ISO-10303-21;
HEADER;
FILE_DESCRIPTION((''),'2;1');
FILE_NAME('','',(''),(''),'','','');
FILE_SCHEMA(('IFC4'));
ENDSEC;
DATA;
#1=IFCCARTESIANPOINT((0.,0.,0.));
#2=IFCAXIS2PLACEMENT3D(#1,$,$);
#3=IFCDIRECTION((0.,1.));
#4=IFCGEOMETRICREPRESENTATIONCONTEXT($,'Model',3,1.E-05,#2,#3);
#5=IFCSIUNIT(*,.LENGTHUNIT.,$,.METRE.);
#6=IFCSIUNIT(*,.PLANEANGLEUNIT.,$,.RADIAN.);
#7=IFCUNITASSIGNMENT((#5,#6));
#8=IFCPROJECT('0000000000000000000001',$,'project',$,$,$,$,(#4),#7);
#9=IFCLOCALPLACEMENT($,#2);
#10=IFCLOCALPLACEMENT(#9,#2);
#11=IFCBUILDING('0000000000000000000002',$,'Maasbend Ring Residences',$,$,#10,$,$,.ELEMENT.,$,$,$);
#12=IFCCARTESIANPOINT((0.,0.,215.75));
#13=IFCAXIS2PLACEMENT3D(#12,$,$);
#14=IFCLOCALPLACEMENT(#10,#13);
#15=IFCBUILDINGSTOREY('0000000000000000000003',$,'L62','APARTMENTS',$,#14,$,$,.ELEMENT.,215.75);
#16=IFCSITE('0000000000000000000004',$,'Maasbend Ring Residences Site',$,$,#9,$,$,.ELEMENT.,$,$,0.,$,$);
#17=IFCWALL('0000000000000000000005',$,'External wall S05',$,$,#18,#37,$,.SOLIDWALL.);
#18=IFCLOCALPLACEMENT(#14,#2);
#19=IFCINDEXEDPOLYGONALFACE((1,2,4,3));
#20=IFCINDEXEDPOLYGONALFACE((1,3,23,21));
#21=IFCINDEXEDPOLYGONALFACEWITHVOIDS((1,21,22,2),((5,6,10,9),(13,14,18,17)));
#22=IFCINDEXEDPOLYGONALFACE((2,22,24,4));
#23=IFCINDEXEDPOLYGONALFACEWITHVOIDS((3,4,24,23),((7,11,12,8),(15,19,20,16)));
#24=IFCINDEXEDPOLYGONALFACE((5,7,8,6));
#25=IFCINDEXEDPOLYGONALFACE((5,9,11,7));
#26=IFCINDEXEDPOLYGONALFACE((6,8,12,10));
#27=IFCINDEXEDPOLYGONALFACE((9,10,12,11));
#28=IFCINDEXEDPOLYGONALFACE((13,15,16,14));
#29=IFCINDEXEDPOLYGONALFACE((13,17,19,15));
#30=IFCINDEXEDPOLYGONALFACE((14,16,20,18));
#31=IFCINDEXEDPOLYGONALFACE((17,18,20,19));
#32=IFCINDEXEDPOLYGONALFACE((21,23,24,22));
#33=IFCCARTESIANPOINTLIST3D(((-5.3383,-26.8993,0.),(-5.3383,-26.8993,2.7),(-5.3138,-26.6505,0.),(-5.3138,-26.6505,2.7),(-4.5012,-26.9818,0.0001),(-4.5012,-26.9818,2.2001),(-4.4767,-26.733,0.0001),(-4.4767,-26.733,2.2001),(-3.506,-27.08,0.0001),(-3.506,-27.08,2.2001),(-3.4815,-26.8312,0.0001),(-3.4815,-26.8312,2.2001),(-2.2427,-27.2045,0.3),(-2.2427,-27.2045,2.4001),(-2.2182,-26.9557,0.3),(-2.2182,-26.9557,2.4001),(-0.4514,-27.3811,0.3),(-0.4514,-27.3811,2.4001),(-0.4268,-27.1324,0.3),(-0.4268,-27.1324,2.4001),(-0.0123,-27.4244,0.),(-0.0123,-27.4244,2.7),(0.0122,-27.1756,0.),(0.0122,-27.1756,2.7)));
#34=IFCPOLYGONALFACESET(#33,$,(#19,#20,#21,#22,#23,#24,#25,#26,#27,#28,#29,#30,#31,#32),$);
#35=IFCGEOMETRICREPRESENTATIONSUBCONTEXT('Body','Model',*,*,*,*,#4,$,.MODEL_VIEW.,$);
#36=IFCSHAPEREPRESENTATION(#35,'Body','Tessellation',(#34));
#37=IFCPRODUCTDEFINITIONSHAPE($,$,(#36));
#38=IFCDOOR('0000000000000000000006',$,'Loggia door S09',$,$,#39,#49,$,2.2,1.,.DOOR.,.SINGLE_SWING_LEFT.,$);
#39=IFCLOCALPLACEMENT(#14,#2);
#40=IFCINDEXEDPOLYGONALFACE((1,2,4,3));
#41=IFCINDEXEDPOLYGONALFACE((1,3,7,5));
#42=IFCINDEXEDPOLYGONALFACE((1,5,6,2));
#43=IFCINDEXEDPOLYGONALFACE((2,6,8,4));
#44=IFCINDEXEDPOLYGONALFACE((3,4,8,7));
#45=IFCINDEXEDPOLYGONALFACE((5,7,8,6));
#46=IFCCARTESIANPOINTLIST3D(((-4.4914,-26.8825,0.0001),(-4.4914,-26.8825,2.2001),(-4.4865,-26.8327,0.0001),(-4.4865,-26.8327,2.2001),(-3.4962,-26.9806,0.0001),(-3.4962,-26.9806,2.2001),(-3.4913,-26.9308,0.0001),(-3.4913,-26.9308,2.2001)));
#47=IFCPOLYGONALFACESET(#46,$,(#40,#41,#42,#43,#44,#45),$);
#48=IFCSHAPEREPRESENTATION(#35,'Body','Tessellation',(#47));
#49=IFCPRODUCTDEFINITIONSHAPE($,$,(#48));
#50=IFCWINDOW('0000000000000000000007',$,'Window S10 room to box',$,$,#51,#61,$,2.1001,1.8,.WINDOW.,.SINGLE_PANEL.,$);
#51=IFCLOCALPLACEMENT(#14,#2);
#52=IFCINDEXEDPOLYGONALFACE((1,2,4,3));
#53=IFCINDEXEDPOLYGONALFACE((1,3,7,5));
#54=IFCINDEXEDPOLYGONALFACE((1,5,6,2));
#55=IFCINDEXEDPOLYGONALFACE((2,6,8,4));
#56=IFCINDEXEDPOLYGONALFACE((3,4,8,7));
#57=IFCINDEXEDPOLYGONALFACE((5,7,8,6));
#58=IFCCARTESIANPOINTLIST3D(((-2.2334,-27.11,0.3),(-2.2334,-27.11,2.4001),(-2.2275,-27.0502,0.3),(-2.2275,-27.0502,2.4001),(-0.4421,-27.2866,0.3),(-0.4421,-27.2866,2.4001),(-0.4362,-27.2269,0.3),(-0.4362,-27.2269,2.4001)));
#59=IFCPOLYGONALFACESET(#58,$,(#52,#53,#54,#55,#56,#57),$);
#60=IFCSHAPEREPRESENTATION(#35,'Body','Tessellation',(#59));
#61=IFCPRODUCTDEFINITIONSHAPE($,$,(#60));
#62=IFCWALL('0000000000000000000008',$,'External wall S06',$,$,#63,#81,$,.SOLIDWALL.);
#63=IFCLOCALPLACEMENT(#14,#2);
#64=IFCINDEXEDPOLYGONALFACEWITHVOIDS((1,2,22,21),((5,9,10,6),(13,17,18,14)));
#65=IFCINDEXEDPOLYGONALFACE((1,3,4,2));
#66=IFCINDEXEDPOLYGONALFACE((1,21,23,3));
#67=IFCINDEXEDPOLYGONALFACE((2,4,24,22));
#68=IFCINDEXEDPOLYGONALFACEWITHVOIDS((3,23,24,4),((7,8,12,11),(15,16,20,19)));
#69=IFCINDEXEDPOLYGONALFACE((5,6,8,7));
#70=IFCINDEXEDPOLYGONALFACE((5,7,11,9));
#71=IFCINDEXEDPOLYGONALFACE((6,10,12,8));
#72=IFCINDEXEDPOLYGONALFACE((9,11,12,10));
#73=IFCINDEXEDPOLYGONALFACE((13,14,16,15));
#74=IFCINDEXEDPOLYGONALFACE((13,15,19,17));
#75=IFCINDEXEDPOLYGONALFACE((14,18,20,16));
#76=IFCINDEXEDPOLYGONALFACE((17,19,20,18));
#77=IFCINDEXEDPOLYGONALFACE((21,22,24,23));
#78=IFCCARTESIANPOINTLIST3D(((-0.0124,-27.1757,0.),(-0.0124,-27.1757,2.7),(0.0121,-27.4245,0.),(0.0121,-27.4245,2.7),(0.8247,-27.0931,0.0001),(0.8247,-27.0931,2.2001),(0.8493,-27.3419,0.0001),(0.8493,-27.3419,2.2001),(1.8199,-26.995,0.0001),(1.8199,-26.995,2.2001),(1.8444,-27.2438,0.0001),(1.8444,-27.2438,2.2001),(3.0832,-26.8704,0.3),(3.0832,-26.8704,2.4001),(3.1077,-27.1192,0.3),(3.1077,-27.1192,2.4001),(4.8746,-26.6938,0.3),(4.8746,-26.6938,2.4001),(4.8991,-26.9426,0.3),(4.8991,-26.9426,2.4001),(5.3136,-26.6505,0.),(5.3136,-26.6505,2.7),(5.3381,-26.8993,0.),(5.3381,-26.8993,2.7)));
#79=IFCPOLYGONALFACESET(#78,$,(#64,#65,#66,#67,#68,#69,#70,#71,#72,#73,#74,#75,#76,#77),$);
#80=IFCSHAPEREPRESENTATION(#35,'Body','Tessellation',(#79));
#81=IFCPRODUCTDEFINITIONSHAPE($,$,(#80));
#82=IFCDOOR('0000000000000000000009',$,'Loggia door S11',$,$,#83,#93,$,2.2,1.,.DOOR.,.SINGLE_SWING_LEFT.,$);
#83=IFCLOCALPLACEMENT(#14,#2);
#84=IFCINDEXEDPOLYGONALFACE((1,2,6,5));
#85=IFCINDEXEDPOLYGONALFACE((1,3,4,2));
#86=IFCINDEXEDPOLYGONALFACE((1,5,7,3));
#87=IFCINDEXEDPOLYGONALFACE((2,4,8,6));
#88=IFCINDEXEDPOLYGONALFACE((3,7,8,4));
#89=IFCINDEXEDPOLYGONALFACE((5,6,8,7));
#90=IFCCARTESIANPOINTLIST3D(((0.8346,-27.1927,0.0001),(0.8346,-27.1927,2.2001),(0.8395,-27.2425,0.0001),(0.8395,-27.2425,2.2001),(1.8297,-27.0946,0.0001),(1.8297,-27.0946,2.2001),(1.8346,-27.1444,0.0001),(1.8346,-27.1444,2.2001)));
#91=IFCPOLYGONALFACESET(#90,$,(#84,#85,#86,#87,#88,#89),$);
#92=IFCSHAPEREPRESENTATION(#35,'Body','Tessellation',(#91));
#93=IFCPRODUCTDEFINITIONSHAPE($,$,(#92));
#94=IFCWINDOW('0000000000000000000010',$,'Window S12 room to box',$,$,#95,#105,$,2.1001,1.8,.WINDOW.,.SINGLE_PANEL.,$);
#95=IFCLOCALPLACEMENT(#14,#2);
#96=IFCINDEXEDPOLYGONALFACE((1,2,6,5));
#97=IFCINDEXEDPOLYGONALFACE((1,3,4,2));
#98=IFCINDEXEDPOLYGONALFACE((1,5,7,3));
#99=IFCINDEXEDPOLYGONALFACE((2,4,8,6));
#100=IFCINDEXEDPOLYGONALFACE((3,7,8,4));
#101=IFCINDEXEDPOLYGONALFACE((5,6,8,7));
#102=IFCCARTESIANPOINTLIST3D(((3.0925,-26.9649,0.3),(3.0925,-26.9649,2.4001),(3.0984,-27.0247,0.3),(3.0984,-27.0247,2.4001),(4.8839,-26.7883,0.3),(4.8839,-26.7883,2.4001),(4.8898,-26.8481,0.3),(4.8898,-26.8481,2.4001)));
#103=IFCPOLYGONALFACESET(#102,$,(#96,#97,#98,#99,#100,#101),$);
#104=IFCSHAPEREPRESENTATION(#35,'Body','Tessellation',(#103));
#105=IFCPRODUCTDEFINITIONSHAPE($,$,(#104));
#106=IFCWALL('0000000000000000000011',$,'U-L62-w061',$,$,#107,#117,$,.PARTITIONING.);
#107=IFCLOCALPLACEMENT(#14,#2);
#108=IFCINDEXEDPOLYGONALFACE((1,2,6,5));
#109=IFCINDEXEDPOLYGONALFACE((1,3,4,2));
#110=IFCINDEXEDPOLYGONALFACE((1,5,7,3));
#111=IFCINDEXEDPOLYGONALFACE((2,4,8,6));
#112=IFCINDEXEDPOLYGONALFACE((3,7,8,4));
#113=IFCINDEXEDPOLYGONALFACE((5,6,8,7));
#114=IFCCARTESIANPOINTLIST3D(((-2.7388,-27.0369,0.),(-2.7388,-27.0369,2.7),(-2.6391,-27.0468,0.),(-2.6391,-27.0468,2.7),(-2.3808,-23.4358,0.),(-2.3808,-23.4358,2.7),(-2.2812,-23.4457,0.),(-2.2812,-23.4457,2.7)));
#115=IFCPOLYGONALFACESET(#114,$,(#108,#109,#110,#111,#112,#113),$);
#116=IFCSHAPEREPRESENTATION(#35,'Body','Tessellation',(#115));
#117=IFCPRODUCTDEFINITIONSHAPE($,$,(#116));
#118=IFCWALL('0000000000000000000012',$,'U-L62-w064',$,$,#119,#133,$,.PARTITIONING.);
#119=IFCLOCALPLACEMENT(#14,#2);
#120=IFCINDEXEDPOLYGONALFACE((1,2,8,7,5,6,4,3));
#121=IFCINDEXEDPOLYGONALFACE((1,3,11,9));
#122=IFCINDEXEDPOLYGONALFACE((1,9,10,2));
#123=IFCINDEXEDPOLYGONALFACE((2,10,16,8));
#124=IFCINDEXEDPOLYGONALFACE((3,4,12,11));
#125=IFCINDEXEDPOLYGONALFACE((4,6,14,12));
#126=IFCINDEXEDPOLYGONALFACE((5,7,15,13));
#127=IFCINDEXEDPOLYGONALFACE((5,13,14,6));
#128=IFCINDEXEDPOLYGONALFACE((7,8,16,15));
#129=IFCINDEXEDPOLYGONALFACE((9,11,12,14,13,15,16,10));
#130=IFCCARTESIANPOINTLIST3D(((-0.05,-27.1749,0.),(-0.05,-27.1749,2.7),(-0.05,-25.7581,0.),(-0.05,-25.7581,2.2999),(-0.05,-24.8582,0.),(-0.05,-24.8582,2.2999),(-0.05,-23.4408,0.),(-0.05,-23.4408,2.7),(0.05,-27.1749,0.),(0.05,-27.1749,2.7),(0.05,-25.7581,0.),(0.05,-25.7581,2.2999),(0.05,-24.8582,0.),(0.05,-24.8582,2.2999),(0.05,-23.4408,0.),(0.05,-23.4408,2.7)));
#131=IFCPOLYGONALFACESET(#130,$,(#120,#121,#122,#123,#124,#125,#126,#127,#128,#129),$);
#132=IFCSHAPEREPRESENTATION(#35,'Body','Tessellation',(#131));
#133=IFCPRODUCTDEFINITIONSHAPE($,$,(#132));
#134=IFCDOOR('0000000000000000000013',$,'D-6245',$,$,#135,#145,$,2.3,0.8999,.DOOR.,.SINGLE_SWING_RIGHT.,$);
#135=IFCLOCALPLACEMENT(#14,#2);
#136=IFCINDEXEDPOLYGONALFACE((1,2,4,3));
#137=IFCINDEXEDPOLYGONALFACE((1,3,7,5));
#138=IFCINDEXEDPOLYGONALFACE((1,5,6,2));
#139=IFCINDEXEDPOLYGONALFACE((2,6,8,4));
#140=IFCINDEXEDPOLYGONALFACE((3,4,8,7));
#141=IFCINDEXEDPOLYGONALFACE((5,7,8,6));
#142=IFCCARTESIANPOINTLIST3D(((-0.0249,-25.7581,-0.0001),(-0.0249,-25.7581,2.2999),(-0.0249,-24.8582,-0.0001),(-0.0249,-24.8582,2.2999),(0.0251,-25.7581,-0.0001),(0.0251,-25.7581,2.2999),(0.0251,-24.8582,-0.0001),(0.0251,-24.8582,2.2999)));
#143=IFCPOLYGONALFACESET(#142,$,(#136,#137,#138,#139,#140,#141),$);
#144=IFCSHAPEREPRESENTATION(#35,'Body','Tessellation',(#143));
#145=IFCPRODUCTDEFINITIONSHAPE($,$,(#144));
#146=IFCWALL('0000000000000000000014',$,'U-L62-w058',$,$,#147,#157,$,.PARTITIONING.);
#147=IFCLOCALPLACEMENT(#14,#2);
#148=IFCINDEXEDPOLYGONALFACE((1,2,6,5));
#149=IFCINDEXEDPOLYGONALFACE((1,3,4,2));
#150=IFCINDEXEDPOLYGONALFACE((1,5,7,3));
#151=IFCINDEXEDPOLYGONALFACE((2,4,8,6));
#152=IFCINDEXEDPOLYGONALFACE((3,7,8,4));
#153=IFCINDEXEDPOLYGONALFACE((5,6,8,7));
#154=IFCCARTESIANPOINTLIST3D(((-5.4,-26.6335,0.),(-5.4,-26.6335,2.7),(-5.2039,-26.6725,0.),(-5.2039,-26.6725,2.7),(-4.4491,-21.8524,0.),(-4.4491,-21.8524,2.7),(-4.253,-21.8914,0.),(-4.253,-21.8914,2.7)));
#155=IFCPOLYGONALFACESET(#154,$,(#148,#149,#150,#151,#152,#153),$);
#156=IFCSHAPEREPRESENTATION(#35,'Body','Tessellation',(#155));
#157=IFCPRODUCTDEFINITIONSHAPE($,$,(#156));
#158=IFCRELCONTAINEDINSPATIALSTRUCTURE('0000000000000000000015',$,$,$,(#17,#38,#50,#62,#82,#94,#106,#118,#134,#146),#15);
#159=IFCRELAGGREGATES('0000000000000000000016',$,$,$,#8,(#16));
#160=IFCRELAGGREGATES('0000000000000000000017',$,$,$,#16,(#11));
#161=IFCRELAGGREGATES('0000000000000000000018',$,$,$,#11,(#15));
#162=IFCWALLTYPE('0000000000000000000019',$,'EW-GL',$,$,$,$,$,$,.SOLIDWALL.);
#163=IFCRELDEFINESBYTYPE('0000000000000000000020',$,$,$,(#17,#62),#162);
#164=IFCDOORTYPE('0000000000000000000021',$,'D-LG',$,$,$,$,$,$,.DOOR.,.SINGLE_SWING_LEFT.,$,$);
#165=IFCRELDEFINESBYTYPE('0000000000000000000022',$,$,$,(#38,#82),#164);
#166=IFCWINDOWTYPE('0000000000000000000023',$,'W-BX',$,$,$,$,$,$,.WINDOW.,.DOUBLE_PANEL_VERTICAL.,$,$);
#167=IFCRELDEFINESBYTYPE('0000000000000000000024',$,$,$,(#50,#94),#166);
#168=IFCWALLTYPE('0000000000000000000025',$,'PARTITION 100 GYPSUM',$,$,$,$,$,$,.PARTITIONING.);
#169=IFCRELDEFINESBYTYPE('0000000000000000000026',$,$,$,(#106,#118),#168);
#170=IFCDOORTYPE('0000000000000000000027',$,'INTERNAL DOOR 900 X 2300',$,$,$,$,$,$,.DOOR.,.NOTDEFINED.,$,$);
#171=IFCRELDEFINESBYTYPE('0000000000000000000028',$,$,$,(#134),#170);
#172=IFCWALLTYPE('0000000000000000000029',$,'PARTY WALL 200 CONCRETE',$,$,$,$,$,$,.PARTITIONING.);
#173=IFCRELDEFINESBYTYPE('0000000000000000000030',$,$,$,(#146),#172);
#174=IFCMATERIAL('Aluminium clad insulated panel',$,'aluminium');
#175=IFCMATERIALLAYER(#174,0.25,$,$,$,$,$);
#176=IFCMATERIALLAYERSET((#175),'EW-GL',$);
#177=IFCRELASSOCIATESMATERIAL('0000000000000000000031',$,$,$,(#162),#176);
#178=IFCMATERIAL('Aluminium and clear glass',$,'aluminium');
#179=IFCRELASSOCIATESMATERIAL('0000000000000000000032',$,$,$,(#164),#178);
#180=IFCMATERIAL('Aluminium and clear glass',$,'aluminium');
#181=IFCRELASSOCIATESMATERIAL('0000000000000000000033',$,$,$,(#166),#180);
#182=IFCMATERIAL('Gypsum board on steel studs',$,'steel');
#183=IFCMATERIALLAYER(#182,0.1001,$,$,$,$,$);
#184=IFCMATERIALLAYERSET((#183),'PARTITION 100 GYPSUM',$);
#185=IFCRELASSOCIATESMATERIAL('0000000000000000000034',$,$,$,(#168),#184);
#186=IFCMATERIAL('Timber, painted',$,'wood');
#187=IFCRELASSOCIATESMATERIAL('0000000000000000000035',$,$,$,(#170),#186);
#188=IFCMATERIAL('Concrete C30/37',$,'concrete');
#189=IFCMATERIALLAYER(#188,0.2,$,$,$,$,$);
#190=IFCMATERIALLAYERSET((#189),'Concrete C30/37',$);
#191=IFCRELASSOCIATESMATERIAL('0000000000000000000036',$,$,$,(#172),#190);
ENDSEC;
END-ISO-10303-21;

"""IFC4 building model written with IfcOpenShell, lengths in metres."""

from ifc_helpers import new_model, si_unit, direction, frame, frame_2d, origin, place, context, subcontext, project, spatial, rectangle, extrude, material, layer, layer_set, type_object, element, fill, save


model = new_model("IFC4")

# Units and contexts
model_context = context("Model", 3, precision=1e-05, world=origin(), true_north=direction((0.0, 1.0)))
body_context = subcontext(model_context, "Body", "Model", "MODEL_VIEW")
ifc_project = project(units=[si_unit("LENGTHUNIT", "METRE"), si_unit("PLANEANGLEUNIT", "RADIAN")], contexts=[model_context])

# Site, building, storey
site_placement = place(None, origin())
site = spatial("IfcSite", under=ifc_project, at=site_placement, Name="Maasbend Ring Residences Site", CompositionType="ELEMENT", RefElevation=0.0)
building_placement = place(site_placement, origin())
building = spatial("IfcBuilding", under=site, at=building_placement, Name="Maasbend Ring Residences", CompositionType="ELEMENT")
storey_placement = place(building_placement, frame((0.0, 0.0, 215.75)))
storey = spatial("IfcBuildingStorey", under=building, at=storey_placement, Name="L62", Description="APARTMENTS", CompositionType="ELEMENT", Elevation=215.75)

# Walls, openings, doors, windows
ifc_material_1 = material(Name="Aluminium clad insulated panel", Category="aluminium")
ifc_layer_1 = layer(ifc_material_1, 0.25)
ifc_layer_set_1 = layer_set([ifc_layer_1], Name="EW-GL")
wall_type_1 = type_object("IfcWallType", Name="EW-GL", PredefinedType="SOLIDWALL", material=ifc_layer_set_1)
wall_1_placement = place(storey_placement, frame((-5.3259, -26.7749, 0.0), z_axis=(0.0, 0.0, 1.0), x_axis=(0.995174, -0.098126, 0.0)))
wall_1 = element("IfcWall", 1, at=wall_1_placement, inside=storey, type_object=wall_type_1, Name="External wall S05", PredefinedType="SOLIDWALL", context=body_context, shape_type="SweptSolid", body=[
    extrude(rectangle(XDim=5.3518, YDim=0.25, at=frame_2d((2.6758, 0.0))), origin(), (0.0, 0.0, 1.0), 2.7),
])
opening_1_placement = place(wall_1_placement, frame((0.8411, 0.0, 0.0)))
opening_1 = element("IfcOpeningElement", 2, at=opening_1_placement, cuts=wall_1, PredefinedType="OPENING", context=body_context, shape_type="SweptSolid", body=[
    extrude(rectangle(XDim=1.0, YDim=2.2, at=frame_2d((0.5, 1.1001))), frame((0.0, 0.135, 0.0), z_axis=(0.0, -1.0, 0.0), x_axis=(1.0, 0.0, 0.0)), (0.0, 0.0, 1.0), 0.27),
])
opening_2_placement = place(wall_1_placement, frame((3.1106, 0.0, 0.3)))
opening_2 = element("IfcOpeningElement", 3, at=opening_2_placement, cuts=wall_1, PredefinedType="OPENING", context=body_context, shape_type="SweptSolid", body=[
    extrude(rectangle(XDim=1.8, YDim=2.1001, at=frame_2d((0.8999, 1.05))), frame((0.0, 0.135, 0.0), z_axis=(0.0, -1.0, 0.0), x_axis=(1.0, 0.0, 0.0)), (0.0, 0.0, 1.0), 0.27),
])
ifc_material_2 = material(Name="Aluminium and clear glass", Category="aluminium")
door_type_1 = type_object("IfcDoorType", Name="D-LG", OperationType="SINGLE_SWING_LEFT", PredefinedType="DOOR", material=ifc_material_2)
door_1_placement = place(opening_1_placement, origin())
door_1 = element("IfcDoor", 4, at=door_1_placement, inside=storey, type_object=door_type_1, Name="Loggia door S09", OperationType="SINGLE_SWING_LEFT", OverallHeight=2.2, OverallWidth=1.0, PredefinedType="DOOR", context=body_context, shape_type="SweptSolid", body=[
    extrude(rectangle(XDim=1.0, YDim=2.2, at=frame_2d((0.5, 1.1001))), frame((0.0, 0.0249, 0.0), z_axis=(0.0, -1.0, 0.0), x_axis=(1.0, 0.0, 0.0)), (0.0, 0.0, 1.0), 0.05),
])
fill(opening_1, door_1)
ifc_material_3 = material(Name="Aluminium and clear glass", Category="aluminium")
window_type_1 = type_object("IfcWindowType", Name="W-BX", PartitioningType="DOUBLE_PANEL_VERTICAL", PredefinedType="WINDOW", material=ifc_material_3)
window_1_placement = place(opening_2_placement, origin())
window_1 = element("IfcWindow", 5, at=window_1_placement, inside=storey, type_object=window_type_1, Name="Window S10 room to box", OverallHeight=2.1001, OverallWidth=1.8, PartitioningType="SINGLE_PANEL", PredefinedType="WINDOW", context=body_context, shape_type="SweptSolid", body=[
    extrude(rectangle(XDim=1.8, YDim=2.1001, at=frame_2d((0.8999, 1.05))), frame((0.0, 0.03, 0.0), z_axis=(0.0, -1.0, 0.0), x_axis=(1.0, 0.0, 0.0)), (0.0, 0.0, 1.0), 0.0601),
])
fill(opening_2, window_1)
wall_2_placement = place(storey_placement, frame((0.0, -27.3, 0.0), z_axis=(0.0, 0.0, 1.0), x_axis=(0.995174, 0.098126, 0.0)))
wall_2 = element("IfcWall", 6, at=wall_2_placement, inside=storey, type_object=wall_type_1, Name="External wall S06", PredefinedType="SOLIDWALL", context=body_context, shape_type="SweptSolid", body=[
    extrude(rectangle(XDim=5.3518, YDim=0.25, at=frame_2d((2.6758, 0.0))), origin(), (0.0, 0.0, 1.0), 2.7),
])
opening_3_placement = place(wall_2_placement, frame((0.8411, 0.0, 0.0)))
opening_3 = element("IfcOpeningElement", 7, at=opening_3_placement, cuts=wall_2, PredefinedType="OPENING", context=body_context, shape_type="SweptSolid", body=[
    extrude(rectangle(XDim=1.0, YDim=2.2, at=frame_2d((0.5, 1.1001))), frame((0.0, 0.135, 0.0), z_axis=(0.0, -1.0, 0.0), x_axis=(1.0, 0.0, 0.0)), (0.0, 0.0, 1.0), 0.27),
])
opening_4_placement = place(wall_2_placement, frame((3.1106, 0.0, 0.3)))
opening_4 = element("IfcOpeningElement", 8, at=opening_4_placement, cuts=wall_2, PredefinedType="OPENING", context=body_context, shape_type="SweptSolid", body=[
    extrude(rectangle(XDim=1.8, YDim=2.1001, at=frame_2d((0.8999, 1.05))), frame((0.0, 0.135, 0.0), z_axis=(0.0, -1.0, 0.0), x_axis=(1.0, 0.0, 0.0)), (0.0, 0.0, 1.0), 0.27),
])
door_2_placement = place(opening_3_placement, origin())
door_2 = element("IfcDoor", 9, at=door_2_placement, inside=storey, type_object=door_type_1, Name="Loggia door S11", OperationType="SINGLE_SWING_LEFT", OverallHeight=2.2, OverallWidth=1.0, PredefinedType="DOOR", context=body_context, shape_type="SweptSolid", body=[
    extrude(rectangle(XDim=1.0, YDim=2.2, at=frame_2d((0.5, 1.1001))), frame((0.0, 0.0249, 0.0), z_axis=(0.0, -1.0, 0.0), x_axis=(1.0, 0.0, 0.0)), (0.0, 0.0, 1.0), 0.05),
])
fill(opening_3, door_2)
window_2_placement = place(opening_4_placement, origin())
window_2 = element("IfcWindow", 10, at=window_2_placement, inside=storey, type_object=window_type_1, Name="Window S12 room to box", OverallHeight=2.1001, OverallWidth=1.8, PartitioningType="SINGLE_PANEL", PredefinedType="WINDOW", context=body_context, shape_type="SweptSolid", body=[
    extrude(rectangle(XDim=1.8, YDim=2.1001, at=frame_2d((0.8999, 1.05))), frame((0.0, 0.03, 0.0), z_axis=(0.0, -1.0, 0.0), x_axis=(1.0, 0.0, 0.0)), (0.0, 0.0, 1.0), 0.0601),
])
fill(opening_4, window_2)

# Wall
ifc_material_4 = material(Name="Gypsum board on steel studs", Category="steel")
ifc_layer_2 = layer(ifc_material_4, 0.1001)
ifc_layer_set_2 = layer_set([ifc_layer_2], Name="PARTITION 100 GYPSUM")
wall_type_2 = type_object("IfcWallType", Name="PARTITION 100 GYPSUM", PredefinedType="PARTITIONING", material=ifc_layer_set_2)
wall_3_placement = place(storey_placement, frame((-2.689, -27.042, 0.0), z_axis=(0.0, 0.0, 1.0), x_axis=(0.098903, 0.995097, 0.0)))
element("IfcWall", 11, at=wall_3_placement, inside=storey, type_object=wall_type_2, Name="U-L62-w061", PredefinedType="PARTITIONING", context=body_context, shape_type="SweptSolid", body=[
    extrude(rectangle(XDim=3.6189, YDim=0.1001, at=frame_2d((1.8096, 0.0))), origin(), (0.0, 0.0, 1.0), 2.7),
])

# Wall, opening, door
wall_4_placement = place(storey_placement, frame((0.0, -27.175, 0.0), z_axis=(0.0, 0.0, 1.0), x_axis=(0.0, 1.0, 0.0)))
wall_4 = element("IfcWall", 12, at=wall_4_placement, inside=storey, type_object=wall_type_2, Name="U-L62-w064", PredefinedType="PARTITIONING", context=body_context, shape_type="SweptSolid", body=[
    extrude(rectangle(XDim=3.7341, YDim=0.1001, at=frame_2d((1.8672, 0.0))), origin(), (0.0, 0.0, 1.0), 2.7),
])
opening_5_placement = place(wall_4_placement, frame((1.417, 0.0, 0.0)))
opening_5 = element("IfcOpeningElement", 13, at=opening_5_placement, cuts=wall_4, PredefinedType="OPENING", context=body_context, shape_type="SweptSolid", body=[
    extrude(rectangle(XDim=0.8999, YDim=2.3, at=frame_2d((0.45, 1.1499))), frame((0.0, 0.0601, 0.0), z_axis=(0.0, -1.0, 0.0), x_axis=(1.0, 0.0, 0.0)), (0.0, 0.0, 1.0), 0.1201),
])
ifc_material_5 = material(Name="Timber, painted", Category="wood")
door_type_2 = type_object("IfcDoorType", Name="INTERNAL DOOR 900 X 2300", OperationType="NOTDEFINED", PredefinedType="DOOR", material=ifc_material_5)
door_3_placement = place(opening_5_placement, origin())
door_3 = element("IfcDoor", 14, at=door_3_placement, inside=storey, type_object=door_type_2, Name="D-6245", OperationType="SINGLE_SWING_RIGHT", OverallHeight=2.3, OverallWidth=0.8999, PredefinedType="DOOR", context=body_context, shape_type="SweptSolid", body=[
    extrude(rectangle(XDim=0.8999, YDim=2.3, at=frame_2d((0.45, 1.1499))), frame((0.0, 0.0249, 0.0), z_axis=(0.0, -1.0, 0.0), x_axis=(1.0, 0.0, 0.0)), (0.0, 0.0, 1.0), 0.05),
])
fill(opening_5, door_3)

# Wall
ifc_material_6 = material(Name="Concrete C30/37", Category="concrete")
ifc_layer_3 = layer(ifc_material_6, 0.2)
ifc_layer_set_3 = layer_set([ifc_layer_3], Name="Concrete C30/37")
wall_type_3 = type_object("IfcWallType", Name="PARTY WALL 200 CONCRETE", PredefinedType="PARTITIONING", material=ifc_layer_set_3)
wall_5_placement = place(storey_placement, frame((-5.302, -26.6531, 0.0), z_axis=(0.0, 0.0, 1.0), x_axis=(0.195076, 0.980788, 0.0)))
element("IfcWall", 15, at=wall_5_placement, inside=storey, type_object=wall_type_3, Name="U-L62-w058", PredefinedType="PARTITIONING", context=body_context, shape_type="SweptSolid", body=[
    extrude(rectangle(XDim=4.8748, YDim=0.2, at=frame_2d((2.4375, 0.0))), origin(), (0.0, 0.0, 1.0), 2.7),
])

save(model, "model.ifc")
